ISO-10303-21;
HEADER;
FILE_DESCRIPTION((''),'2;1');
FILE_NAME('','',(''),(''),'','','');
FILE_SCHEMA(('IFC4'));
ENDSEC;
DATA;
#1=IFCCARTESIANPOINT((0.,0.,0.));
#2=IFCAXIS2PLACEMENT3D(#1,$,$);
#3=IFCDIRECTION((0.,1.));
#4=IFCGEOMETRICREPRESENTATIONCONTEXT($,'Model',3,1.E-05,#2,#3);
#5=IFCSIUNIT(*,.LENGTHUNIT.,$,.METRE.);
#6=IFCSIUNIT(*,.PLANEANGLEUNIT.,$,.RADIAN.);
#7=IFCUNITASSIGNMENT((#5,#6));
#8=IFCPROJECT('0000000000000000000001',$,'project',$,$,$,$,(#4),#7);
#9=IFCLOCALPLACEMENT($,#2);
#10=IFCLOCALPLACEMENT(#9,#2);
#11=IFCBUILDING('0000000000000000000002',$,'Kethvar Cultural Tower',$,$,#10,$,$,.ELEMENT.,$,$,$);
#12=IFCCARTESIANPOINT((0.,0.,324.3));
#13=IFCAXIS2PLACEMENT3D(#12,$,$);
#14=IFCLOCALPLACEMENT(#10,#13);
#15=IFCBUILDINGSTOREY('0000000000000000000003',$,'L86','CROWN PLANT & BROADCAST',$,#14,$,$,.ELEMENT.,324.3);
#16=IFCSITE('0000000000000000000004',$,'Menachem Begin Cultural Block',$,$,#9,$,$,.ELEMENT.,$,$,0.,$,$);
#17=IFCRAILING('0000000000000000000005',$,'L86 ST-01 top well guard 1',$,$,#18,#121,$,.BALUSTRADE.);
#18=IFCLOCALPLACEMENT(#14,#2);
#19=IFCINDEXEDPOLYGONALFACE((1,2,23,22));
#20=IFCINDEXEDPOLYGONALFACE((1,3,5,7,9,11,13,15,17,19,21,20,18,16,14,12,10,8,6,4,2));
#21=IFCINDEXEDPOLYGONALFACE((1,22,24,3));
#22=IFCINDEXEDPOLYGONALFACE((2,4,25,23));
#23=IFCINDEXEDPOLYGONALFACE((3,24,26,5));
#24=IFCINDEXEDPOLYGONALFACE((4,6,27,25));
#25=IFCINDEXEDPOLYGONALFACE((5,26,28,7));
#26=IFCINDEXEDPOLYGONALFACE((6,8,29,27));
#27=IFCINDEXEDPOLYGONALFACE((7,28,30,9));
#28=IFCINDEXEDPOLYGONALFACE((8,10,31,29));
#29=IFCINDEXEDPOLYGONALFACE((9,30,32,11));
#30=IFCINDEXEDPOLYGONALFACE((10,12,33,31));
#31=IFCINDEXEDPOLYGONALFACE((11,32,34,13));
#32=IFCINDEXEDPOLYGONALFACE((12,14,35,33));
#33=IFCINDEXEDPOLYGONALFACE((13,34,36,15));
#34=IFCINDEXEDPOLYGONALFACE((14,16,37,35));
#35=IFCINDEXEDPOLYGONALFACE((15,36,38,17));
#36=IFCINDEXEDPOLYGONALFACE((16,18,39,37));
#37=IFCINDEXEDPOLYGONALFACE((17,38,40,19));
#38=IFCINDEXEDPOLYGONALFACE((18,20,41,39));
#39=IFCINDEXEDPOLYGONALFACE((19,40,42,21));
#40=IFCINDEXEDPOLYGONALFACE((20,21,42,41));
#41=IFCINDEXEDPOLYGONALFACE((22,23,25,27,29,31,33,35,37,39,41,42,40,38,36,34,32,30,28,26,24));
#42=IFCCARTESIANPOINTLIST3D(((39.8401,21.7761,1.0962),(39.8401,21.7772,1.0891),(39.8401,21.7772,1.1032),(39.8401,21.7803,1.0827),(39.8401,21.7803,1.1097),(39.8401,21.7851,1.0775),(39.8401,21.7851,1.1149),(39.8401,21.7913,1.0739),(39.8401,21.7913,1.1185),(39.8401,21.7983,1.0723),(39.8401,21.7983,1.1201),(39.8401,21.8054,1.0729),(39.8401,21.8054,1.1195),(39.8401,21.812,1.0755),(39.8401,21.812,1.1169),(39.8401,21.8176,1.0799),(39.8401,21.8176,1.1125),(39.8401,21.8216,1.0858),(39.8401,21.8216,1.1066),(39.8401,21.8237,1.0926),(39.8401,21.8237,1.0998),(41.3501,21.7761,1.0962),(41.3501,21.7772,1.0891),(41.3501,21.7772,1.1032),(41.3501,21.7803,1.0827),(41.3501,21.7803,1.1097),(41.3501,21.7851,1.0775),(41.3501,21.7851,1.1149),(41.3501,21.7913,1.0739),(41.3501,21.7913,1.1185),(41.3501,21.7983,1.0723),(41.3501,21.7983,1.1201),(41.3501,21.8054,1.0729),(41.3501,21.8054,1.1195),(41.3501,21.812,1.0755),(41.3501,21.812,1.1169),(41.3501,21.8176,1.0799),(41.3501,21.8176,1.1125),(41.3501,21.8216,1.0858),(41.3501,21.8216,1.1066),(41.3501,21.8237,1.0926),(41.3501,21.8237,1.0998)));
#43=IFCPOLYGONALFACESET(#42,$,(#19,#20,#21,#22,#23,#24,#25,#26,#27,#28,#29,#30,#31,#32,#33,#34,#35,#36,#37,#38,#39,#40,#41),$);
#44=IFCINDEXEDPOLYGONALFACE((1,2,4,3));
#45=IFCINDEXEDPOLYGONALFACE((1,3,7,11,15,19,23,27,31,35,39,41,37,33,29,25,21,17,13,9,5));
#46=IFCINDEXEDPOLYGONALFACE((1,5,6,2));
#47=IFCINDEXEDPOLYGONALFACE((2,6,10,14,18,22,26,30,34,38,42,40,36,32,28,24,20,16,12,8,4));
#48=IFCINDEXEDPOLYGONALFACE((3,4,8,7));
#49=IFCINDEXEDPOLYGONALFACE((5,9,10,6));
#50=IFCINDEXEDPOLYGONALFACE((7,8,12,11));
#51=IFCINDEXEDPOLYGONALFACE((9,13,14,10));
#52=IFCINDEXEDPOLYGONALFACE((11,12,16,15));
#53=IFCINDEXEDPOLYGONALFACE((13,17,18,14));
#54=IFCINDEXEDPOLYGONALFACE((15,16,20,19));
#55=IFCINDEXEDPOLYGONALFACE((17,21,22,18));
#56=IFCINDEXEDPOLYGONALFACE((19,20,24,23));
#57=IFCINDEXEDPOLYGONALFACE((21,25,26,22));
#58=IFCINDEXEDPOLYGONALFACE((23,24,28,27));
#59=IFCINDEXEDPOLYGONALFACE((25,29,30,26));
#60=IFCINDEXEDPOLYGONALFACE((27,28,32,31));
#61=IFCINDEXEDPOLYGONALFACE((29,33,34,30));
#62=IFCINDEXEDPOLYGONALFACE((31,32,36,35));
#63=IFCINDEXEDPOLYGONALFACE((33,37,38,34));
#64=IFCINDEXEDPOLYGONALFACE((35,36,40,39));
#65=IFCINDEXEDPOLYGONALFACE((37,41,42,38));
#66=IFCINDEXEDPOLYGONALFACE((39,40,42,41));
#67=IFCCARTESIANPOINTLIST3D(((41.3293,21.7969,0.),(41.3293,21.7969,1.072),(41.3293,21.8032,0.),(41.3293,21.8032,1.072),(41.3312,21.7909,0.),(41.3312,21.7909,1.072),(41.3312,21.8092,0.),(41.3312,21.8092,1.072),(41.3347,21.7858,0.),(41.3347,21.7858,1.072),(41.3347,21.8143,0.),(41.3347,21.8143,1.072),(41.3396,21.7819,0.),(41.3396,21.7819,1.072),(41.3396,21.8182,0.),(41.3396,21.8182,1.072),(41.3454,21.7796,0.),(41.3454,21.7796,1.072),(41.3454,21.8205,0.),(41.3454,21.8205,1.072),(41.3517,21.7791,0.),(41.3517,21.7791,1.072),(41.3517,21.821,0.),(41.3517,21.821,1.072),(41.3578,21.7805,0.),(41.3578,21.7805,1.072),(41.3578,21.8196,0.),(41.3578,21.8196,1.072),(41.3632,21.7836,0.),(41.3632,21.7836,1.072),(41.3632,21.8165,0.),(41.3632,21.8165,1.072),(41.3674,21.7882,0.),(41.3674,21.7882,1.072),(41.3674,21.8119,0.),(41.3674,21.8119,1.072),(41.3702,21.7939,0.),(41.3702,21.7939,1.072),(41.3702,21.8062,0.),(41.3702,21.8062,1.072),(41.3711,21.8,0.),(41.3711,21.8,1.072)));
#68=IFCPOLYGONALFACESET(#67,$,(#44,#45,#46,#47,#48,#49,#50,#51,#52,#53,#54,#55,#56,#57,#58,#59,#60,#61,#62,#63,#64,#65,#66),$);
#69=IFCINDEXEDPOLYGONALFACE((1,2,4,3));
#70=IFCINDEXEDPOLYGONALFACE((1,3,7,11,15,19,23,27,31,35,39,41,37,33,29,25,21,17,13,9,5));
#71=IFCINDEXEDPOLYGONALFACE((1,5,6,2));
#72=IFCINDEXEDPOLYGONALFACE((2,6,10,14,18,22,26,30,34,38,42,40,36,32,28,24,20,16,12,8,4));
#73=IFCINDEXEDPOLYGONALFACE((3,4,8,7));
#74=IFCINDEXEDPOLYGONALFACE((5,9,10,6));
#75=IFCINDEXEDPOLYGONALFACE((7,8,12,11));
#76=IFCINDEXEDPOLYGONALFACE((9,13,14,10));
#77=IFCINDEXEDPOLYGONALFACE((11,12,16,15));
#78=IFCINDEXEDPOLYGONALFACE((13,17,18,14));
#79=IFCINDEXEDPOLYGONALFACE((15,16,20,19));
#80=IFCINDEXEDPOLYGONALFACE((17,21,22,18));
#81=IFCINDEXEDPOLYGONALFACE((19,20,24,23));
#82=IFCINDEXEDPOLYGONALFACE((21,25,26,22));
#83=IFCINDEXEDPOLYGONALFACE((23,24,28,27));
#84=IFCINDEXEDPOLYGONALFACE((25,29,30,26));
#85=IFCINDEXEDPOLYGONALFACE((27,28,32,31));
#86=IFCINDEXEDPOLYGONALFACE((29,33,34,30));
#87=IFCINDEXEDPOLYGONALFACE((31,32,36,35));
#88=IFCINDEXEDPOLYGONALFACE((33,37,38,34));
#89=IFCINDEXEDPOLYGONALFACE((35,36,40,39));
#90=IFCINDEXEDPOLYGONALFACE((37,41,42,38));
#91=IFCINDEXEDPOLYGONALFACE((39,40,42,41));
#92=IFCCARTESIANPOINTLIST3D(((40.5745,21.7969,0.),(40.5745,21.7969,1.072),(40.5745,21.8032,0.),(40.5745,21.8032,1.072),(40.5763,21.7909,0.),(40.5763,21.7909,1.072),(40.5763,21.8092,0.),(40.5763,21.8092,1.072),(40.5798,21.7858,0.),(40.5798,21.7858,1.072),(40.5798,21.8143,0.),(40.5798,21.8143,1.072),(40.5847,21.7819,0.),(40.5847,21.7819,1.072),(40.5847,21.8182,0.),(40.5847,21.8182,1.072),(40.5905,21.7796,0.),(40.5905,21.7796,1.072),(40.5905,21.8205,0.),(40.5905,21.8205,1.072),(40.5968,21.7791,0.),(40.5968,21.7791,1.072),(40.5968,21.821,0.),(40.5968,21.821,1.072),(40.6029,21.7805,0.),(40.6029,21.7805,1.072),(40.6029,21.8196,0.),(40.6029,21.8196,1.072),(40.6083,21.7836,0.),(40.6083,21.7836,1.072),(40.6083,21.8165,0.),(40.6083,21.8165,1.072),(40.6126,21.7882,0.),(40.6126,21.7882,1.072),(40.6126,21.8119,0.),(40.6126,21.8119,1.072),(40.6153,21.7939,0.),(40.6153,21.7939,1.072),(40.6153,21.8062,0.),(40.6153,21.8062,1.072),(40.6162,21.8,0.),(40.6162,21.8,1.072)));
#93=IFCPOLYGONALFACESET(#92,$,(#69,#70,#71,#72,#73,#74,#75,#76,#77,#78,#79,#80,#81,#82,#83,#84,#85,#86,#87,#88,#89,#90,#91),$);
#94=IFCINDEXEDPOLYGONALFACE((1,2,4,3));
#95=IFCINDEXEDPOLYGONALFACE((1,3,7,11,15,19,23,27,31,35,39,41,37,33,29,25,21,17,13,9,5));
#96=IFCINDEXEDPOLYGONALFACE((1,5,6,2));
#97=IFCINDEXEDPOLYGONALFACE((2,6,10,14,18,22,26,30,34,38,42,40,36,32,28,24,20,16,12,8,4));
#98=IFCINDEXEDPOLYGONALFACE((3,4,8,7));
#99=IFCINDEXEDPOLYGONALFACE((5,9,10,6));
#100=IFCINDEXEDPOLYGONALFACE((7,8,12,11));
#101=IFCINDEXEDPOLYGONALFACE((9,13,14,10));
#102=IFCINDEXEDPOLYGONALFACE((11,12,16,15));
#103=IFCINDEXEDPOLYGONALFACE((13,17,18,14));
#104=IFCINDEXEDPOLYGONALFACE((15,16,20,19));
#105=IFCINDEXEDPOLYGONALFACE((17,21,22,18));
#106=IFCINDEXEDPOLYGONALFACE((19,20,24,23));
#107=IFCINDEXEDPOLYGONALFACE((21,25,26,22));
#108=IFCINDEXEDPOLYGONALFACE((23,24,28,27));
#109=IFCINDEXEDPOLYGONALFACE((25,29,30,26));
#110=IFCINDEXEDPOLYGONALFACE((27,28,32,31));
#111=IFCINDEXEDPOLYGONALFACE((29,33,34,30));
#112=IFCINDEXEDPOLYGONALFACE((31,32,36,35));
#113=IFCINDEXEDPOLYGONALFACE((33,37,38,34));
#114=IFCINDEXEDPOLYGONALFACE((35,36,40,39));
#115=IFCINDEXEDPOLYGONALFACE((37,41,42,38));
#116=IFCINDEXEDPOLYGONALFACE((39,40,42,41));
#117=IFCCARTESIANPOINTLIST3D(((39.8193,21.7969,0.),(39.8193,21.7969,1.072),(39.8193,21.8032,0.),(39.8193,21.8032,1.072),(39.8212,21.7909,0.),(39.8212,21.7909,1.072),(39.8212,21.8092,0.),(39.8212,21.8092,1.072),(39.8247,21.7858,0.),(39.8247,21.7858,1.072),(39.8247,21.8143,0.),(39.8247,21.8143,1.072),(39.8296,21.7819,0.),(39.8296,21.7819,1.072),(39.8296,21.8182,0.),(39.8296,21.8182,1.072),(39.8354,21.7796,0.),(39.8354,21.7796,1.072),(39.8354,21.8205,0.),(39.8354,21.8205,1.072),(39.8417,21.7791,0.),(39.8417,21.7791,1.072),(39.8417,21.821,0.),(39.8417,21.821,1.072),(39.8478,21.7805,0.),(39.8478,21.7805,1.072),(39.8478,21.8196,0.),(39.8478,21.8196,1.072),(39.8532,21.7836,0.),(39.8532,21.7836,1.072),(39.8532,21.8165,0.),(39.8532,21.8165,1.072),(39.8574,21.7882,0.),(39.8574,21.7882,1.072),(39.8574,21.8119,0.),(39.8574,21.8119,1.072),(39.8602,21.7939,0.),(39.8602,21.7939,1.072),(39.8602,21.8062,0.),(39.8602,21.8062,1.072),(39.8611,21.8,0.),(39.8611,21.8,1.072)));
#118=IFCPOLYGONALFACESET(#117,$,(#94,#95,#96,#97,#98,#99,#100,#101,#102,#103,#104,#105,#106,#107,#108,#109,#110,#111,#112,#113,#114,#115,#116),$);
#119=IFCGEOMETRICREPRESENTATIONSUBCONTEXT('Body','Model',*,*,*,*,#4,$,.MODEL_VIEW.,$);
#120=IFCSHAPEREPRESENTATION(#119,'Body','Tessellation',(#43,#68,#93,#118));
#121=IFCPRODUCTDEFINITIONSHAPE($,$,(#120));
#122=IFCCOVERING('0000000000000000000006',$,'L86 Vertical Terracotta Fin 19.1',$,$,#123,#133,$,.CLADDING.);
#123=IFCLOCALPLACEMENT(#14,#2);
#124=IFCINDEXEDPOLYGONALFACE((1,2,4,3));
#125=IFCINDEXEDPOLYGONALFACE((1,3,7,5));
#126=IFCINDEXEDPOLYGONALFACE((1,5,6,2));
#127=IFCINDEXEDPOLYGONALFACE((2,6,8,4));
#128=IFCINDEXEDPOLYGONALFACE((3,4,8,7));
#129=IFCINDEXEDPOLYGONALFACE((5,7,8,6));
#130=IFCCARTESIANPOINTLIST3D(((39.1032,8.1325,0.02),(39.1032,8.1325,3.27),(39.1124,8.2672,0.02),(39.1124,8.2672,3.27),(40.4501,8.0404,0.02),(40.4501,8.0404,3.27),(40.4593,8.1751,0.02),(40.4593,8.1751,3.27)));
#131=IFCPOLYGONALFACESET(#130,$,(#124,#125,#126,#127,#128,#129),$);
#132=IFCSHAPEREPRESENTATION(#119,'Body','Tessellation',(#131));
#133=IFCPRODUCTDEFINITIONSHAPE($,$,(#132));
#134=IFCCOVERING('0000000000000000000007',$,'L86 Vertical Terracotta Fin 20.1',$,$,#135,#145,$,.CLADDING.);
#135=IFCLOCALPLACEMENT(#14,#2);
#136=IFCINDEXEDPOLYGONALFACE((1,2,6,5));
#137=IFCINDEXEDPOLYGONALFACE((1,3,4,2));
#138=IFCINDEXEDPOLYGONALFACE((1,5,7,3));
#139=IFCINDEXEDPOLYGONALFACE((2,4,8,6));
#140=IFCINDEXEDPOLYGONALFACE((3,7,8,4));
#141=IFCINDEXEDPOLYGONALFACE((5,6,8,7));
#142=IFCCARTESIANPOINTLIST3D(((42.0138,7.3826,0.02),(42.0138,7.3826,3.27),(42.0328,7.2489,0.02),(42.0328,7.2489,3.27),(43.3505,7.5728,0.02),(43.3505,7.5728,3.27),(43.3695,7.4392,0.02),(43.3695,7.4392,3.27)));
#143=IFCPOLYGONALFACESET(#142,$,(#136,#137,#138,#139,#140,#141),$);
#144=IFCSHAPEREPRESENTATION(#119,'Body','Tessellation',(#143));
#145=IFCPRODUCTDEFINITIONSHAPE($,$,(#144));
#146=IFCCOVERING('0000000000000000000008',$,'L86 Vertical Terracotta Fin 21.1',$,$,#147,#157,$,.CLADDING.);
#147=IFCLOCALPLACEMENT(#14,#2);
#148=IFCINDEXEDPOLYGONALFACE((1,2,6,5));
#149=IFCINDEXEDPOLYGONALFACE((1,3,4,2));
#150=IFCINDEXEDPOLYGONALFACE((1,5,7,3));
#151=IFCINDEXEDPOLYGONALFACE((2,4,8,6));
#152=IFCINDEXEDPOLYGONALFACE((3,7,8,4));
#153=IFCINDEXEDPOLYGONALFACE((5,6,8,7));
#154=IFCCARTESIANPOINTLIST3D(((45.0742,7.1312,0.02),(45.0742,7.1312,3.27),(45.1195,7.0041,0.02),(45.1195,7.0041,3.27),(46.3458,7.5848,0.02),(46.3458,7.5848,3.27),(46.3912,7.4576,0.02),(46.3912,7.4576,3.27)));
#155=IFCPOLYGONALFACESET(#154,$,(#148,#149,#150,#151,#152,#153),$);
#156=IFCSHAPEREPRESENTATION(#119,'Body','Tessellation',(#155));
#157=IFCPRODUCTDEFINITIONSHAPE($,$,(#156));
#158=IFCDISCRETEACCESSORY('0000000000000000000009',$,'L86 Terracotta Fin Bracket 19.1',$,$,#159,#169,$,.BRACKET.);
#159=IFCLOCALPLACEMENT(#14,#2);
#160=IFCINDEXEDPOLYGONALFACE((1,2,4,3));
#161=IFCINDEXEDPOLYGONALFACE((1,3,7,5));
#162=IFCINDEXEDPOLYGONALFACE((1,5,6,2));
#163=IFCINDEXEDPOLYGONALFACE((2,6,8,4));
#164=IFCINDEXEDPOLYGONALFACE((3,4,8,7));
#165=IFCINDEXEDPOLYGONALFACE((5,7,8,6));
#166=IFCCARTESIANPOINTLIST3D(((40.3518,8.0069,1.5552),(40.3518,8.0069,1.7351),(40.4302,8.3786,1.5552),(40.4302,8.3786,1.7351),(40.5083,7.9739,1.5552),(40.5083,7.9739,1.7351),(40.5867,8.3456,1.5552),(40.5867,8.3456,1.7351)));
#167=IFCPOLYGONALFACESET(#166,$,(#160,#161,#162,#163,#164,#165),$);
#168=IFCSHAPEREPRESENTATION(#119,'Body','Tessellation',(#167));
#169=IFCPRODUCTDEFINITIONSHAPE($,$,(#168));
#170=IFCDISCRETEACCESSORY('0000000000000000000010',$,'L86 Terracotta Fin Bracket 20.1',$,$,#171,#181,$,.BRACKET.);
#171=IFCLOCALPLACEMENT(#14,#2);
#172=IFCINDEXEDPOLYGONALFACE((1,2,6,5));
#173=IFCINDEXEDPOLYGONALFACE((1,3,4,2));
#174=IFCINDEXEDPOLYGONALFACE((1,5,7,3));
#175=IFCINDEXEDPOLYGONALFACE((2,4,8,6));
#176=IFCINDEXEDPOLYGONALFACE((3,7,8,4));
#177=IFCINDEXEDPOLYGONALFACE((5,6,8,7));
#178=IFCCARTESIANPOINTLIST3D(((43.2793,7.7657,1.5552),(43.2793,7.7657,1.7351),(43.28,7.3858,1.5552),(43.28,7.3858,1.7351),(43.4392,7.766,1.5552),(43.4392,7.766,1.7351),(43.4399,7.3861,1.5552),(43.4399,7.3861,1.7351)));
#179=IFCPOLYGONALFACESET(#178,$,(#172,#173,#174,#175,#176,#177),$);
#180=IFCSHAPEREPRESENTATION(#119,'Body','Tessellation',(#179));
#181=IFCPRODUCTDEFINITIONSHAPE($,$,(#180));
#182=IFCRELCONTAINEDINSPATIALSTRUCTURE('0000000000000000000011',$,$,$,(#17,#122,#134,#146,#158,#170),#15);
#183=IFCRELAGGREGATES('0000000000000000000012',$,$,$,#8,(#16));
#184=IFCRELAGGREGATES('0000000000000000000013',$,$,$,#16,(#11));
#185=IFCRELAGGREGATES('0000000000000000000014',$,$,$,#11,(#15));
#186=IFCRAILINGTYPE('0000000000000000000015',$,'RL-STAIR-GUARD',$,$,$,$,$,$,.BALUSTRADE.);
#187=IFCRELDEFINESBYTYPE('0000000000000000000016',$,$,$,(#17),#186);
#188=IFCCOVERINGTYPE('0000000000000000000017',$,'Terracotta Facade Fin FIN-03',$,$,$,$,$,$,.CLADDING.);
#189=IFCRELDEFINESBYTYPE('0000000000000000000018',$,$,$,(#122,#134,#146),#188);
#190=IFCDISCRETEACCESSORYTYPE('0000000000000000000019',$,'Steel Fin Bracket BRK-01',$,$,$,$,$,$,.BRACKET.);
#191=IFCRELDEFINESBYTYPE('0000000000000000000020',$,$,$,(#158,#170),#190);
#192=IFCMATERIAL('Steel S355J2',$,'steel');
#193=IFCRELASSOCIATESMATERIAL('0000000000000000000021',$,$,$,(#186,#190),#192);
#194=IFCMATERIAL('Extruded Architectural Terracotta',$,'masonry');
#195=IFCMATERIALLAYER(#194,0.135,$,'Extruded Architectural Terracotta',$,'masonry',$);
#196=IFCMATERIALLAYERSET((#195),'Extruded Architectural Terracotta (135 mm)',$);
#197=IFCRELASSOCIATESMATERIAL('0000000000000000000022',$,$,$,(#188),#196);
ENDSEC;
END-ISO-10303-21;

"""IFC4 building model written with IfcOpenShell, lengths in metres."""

from ifc_helpers import new_model, si_unit, direction, frame, origin, origin_2d, place, context, subcontext, project, spatial, rectangle, circle, extrude, source, transform, mapped, material, layer, layer_set, type_object, element, save


model = new_model("IFC4")

# Units and contexts
model_context = context("Model", 3, precision=1e-05, world=origin(), true_north=direction((0.0, 1.0)))
body_context = subcontext(model_context, "Body", "Model", "MODEL_VIEW")
ifc_project = project(units=[si_unit("LENGTHUNIT", "METRE"), si_unit("PLANEANGLEUNIT", "RADIAN")], contexts=[model_context])

# Site, building, storey
site_placement = place(None, origin())
site = spatial("IfcSite", under=ifc_project, at=site_placement, Name="Menachem Begin Cultural Block", CompositionType="ELEMENT", RefElevation=0.0)
building_placement = place(site_placement, origin())
building = spatial("IfcBuilding", under=site, at=building_placement, Name="Kethvar Cultural Tower", CompositionType="ELEMENT")
storey_placement = place(building_placement, frame((0.0, 0.0, 324.3)))
storey = spatial("IfcBuildingStorey", under=building, at=storey_placement, Name="L86", Description="CROWN PLANT & BROADCAST", CompositionType="ELEMENT", Elevation=324.3)

# Shared definitions
ifc_material_1 = material(Name="Steel S355J2", Category="steel")

# Railing
railing_type = type_object("IfcRailingType", Name="RL-STAIR-GUARD", PredefinedType="BALUSTRADE", material=ifc_material_1)
railing_placement = place(storey_placement, frame((41.3501, 21.8, 0.0)))
element("IfcRailing", 1, at=railing_placement, inside=storey, type_object=railing_type, Name="L86 ST-01 top well guard 1", PredefinedType="BALUSTRADE", context=body_context, shape_type="SweptSolid", body=[
    extrude(circle(Radius=0.0239, at=origin_2d()), frame((0.0, 0.0, 1.0962), z_axis=(-1.0, 0.0, 0.0), x_axis=(0.0, -1.0, 0.0)), (0.0, 0.0, 1.0), 1.51),
    extrude(circle(Radius=0.021, at=origin_2d()), origin(), (0.0, 0.0, 1.0), 1.072),
    extrude(circle(Radius=0.021, at=origin_2d()), frame((-0.7549, 0.0, 0.0)), (0.0, 0.0, 1.0), 1.072),
    extrude(circle(Radius=0.021, at=origin_2d()), frame((-1.51, 0.0, 0.0)), (0.0, 0.0, 1.0), 1.072),
])

# Coverings
ifc_material_2 = material(Name="Extruded Architectural Terracotta", Category="masonry")
ifc_layer_1 = layer(ifc_material_2, 0.135, Name="Extruded Architectural Terracotta", Category="masonry")
ifc_layer_set_1 = layer_set([ifc_layer_1], Name="Extruded Architectural Terracotta (135 mm)")
covering_type = type_object("IfcCoveringType", Name="Terracotta Facade Fin FIN-03", PredefinedType="CLADDING", material=ifc_layer_set_1)
shared_shape_1 = source(origin(), body_context, "Body", "SweptSolid", [
    extrude(rectangle(XDim=1.3501, YDim=0.135, at=origin_2d()), origin(), (0.0, 0.0, 1.0), 3.25),
])
for number, where, z_axis, x_axis, name in (
    (2, (39.7812, 8.1538, 0.02), (0.0, 0.0, 1.0), (-0.997672, 0.068189, 0.0), "L86 Vertical Terracotta Fin 19.1"),
    (3, (42.6917, 7.4109, 0.02), (0.0, 0.0, 1.0), (-0.990024, -0.140901, 0.0), "L86 Vertical Terracotta Fin 20.1"),
    (4, (45.7327, 7.2944, 0.02), (0.0, 0.0, 1.0), (-0.941882, -0.335945, 0.0), "L86 Vertical Terracotta Fin 21.1"),
):
    element("IfcCovering", number, at=place(storey_placement, frame(where, z_axis=z_axis, x_axis=x_axis)), inside=storey, type_object=covering_type, Name=name, PredefinedType="CLADDING", context=body_context, shape_type="MappedRepresentation", body=[
        mapped(shared_shape_1, transform((0.0, 0.0, 0.0), scale=1.0)),
    ])

# Discrete accessories
discrete_accessory_type = type_object("IfcDiscreteAccessoryType", Name="Steel Fin Bracket BRK-01", PredefinedType="BRACKET", material=ifc_material_1)
shared_shape_2 = source(origin(), body_context, "Body", "SweptSolid", [
    extrude(rectangle(XDim=0.3799, YDim=0.1599, at=origin_2d()), origin(), (0.0, 0.0, 1.0), 0.1799),
])
for number, where, z_axis, x_axis, name in (
    (5, (40.4692, 8.1763, 1.5552), (0.0, 0.0, 1.0), (-0.206375, -0.978473, 0.0), "L86 Terracotta Fin Bracket 19.1"),
    (6, (43.3596, 7.5759, 1.5552), (0.0, 0.0, 1.0), (0.001745, -0.999998, 0.0), "L86 Terracotta Fin Bracket 20.1"),
):
    element("IfcDiscreteAccessory", number, at=place(storey_placement, frame(where, z_axis=z_axis, x_axis=x_axis)), inside=storey, type_object=discrete_accessory_type, Name=name, PredefinedType="BRACKET", context=body_context, shape_type="MappedRepresentation", body=[
        mapped(shared_shape_2, transform((0.0, 0.0, 0.0), scale=1.0)),
    ])

save(model, "model.ifc")
